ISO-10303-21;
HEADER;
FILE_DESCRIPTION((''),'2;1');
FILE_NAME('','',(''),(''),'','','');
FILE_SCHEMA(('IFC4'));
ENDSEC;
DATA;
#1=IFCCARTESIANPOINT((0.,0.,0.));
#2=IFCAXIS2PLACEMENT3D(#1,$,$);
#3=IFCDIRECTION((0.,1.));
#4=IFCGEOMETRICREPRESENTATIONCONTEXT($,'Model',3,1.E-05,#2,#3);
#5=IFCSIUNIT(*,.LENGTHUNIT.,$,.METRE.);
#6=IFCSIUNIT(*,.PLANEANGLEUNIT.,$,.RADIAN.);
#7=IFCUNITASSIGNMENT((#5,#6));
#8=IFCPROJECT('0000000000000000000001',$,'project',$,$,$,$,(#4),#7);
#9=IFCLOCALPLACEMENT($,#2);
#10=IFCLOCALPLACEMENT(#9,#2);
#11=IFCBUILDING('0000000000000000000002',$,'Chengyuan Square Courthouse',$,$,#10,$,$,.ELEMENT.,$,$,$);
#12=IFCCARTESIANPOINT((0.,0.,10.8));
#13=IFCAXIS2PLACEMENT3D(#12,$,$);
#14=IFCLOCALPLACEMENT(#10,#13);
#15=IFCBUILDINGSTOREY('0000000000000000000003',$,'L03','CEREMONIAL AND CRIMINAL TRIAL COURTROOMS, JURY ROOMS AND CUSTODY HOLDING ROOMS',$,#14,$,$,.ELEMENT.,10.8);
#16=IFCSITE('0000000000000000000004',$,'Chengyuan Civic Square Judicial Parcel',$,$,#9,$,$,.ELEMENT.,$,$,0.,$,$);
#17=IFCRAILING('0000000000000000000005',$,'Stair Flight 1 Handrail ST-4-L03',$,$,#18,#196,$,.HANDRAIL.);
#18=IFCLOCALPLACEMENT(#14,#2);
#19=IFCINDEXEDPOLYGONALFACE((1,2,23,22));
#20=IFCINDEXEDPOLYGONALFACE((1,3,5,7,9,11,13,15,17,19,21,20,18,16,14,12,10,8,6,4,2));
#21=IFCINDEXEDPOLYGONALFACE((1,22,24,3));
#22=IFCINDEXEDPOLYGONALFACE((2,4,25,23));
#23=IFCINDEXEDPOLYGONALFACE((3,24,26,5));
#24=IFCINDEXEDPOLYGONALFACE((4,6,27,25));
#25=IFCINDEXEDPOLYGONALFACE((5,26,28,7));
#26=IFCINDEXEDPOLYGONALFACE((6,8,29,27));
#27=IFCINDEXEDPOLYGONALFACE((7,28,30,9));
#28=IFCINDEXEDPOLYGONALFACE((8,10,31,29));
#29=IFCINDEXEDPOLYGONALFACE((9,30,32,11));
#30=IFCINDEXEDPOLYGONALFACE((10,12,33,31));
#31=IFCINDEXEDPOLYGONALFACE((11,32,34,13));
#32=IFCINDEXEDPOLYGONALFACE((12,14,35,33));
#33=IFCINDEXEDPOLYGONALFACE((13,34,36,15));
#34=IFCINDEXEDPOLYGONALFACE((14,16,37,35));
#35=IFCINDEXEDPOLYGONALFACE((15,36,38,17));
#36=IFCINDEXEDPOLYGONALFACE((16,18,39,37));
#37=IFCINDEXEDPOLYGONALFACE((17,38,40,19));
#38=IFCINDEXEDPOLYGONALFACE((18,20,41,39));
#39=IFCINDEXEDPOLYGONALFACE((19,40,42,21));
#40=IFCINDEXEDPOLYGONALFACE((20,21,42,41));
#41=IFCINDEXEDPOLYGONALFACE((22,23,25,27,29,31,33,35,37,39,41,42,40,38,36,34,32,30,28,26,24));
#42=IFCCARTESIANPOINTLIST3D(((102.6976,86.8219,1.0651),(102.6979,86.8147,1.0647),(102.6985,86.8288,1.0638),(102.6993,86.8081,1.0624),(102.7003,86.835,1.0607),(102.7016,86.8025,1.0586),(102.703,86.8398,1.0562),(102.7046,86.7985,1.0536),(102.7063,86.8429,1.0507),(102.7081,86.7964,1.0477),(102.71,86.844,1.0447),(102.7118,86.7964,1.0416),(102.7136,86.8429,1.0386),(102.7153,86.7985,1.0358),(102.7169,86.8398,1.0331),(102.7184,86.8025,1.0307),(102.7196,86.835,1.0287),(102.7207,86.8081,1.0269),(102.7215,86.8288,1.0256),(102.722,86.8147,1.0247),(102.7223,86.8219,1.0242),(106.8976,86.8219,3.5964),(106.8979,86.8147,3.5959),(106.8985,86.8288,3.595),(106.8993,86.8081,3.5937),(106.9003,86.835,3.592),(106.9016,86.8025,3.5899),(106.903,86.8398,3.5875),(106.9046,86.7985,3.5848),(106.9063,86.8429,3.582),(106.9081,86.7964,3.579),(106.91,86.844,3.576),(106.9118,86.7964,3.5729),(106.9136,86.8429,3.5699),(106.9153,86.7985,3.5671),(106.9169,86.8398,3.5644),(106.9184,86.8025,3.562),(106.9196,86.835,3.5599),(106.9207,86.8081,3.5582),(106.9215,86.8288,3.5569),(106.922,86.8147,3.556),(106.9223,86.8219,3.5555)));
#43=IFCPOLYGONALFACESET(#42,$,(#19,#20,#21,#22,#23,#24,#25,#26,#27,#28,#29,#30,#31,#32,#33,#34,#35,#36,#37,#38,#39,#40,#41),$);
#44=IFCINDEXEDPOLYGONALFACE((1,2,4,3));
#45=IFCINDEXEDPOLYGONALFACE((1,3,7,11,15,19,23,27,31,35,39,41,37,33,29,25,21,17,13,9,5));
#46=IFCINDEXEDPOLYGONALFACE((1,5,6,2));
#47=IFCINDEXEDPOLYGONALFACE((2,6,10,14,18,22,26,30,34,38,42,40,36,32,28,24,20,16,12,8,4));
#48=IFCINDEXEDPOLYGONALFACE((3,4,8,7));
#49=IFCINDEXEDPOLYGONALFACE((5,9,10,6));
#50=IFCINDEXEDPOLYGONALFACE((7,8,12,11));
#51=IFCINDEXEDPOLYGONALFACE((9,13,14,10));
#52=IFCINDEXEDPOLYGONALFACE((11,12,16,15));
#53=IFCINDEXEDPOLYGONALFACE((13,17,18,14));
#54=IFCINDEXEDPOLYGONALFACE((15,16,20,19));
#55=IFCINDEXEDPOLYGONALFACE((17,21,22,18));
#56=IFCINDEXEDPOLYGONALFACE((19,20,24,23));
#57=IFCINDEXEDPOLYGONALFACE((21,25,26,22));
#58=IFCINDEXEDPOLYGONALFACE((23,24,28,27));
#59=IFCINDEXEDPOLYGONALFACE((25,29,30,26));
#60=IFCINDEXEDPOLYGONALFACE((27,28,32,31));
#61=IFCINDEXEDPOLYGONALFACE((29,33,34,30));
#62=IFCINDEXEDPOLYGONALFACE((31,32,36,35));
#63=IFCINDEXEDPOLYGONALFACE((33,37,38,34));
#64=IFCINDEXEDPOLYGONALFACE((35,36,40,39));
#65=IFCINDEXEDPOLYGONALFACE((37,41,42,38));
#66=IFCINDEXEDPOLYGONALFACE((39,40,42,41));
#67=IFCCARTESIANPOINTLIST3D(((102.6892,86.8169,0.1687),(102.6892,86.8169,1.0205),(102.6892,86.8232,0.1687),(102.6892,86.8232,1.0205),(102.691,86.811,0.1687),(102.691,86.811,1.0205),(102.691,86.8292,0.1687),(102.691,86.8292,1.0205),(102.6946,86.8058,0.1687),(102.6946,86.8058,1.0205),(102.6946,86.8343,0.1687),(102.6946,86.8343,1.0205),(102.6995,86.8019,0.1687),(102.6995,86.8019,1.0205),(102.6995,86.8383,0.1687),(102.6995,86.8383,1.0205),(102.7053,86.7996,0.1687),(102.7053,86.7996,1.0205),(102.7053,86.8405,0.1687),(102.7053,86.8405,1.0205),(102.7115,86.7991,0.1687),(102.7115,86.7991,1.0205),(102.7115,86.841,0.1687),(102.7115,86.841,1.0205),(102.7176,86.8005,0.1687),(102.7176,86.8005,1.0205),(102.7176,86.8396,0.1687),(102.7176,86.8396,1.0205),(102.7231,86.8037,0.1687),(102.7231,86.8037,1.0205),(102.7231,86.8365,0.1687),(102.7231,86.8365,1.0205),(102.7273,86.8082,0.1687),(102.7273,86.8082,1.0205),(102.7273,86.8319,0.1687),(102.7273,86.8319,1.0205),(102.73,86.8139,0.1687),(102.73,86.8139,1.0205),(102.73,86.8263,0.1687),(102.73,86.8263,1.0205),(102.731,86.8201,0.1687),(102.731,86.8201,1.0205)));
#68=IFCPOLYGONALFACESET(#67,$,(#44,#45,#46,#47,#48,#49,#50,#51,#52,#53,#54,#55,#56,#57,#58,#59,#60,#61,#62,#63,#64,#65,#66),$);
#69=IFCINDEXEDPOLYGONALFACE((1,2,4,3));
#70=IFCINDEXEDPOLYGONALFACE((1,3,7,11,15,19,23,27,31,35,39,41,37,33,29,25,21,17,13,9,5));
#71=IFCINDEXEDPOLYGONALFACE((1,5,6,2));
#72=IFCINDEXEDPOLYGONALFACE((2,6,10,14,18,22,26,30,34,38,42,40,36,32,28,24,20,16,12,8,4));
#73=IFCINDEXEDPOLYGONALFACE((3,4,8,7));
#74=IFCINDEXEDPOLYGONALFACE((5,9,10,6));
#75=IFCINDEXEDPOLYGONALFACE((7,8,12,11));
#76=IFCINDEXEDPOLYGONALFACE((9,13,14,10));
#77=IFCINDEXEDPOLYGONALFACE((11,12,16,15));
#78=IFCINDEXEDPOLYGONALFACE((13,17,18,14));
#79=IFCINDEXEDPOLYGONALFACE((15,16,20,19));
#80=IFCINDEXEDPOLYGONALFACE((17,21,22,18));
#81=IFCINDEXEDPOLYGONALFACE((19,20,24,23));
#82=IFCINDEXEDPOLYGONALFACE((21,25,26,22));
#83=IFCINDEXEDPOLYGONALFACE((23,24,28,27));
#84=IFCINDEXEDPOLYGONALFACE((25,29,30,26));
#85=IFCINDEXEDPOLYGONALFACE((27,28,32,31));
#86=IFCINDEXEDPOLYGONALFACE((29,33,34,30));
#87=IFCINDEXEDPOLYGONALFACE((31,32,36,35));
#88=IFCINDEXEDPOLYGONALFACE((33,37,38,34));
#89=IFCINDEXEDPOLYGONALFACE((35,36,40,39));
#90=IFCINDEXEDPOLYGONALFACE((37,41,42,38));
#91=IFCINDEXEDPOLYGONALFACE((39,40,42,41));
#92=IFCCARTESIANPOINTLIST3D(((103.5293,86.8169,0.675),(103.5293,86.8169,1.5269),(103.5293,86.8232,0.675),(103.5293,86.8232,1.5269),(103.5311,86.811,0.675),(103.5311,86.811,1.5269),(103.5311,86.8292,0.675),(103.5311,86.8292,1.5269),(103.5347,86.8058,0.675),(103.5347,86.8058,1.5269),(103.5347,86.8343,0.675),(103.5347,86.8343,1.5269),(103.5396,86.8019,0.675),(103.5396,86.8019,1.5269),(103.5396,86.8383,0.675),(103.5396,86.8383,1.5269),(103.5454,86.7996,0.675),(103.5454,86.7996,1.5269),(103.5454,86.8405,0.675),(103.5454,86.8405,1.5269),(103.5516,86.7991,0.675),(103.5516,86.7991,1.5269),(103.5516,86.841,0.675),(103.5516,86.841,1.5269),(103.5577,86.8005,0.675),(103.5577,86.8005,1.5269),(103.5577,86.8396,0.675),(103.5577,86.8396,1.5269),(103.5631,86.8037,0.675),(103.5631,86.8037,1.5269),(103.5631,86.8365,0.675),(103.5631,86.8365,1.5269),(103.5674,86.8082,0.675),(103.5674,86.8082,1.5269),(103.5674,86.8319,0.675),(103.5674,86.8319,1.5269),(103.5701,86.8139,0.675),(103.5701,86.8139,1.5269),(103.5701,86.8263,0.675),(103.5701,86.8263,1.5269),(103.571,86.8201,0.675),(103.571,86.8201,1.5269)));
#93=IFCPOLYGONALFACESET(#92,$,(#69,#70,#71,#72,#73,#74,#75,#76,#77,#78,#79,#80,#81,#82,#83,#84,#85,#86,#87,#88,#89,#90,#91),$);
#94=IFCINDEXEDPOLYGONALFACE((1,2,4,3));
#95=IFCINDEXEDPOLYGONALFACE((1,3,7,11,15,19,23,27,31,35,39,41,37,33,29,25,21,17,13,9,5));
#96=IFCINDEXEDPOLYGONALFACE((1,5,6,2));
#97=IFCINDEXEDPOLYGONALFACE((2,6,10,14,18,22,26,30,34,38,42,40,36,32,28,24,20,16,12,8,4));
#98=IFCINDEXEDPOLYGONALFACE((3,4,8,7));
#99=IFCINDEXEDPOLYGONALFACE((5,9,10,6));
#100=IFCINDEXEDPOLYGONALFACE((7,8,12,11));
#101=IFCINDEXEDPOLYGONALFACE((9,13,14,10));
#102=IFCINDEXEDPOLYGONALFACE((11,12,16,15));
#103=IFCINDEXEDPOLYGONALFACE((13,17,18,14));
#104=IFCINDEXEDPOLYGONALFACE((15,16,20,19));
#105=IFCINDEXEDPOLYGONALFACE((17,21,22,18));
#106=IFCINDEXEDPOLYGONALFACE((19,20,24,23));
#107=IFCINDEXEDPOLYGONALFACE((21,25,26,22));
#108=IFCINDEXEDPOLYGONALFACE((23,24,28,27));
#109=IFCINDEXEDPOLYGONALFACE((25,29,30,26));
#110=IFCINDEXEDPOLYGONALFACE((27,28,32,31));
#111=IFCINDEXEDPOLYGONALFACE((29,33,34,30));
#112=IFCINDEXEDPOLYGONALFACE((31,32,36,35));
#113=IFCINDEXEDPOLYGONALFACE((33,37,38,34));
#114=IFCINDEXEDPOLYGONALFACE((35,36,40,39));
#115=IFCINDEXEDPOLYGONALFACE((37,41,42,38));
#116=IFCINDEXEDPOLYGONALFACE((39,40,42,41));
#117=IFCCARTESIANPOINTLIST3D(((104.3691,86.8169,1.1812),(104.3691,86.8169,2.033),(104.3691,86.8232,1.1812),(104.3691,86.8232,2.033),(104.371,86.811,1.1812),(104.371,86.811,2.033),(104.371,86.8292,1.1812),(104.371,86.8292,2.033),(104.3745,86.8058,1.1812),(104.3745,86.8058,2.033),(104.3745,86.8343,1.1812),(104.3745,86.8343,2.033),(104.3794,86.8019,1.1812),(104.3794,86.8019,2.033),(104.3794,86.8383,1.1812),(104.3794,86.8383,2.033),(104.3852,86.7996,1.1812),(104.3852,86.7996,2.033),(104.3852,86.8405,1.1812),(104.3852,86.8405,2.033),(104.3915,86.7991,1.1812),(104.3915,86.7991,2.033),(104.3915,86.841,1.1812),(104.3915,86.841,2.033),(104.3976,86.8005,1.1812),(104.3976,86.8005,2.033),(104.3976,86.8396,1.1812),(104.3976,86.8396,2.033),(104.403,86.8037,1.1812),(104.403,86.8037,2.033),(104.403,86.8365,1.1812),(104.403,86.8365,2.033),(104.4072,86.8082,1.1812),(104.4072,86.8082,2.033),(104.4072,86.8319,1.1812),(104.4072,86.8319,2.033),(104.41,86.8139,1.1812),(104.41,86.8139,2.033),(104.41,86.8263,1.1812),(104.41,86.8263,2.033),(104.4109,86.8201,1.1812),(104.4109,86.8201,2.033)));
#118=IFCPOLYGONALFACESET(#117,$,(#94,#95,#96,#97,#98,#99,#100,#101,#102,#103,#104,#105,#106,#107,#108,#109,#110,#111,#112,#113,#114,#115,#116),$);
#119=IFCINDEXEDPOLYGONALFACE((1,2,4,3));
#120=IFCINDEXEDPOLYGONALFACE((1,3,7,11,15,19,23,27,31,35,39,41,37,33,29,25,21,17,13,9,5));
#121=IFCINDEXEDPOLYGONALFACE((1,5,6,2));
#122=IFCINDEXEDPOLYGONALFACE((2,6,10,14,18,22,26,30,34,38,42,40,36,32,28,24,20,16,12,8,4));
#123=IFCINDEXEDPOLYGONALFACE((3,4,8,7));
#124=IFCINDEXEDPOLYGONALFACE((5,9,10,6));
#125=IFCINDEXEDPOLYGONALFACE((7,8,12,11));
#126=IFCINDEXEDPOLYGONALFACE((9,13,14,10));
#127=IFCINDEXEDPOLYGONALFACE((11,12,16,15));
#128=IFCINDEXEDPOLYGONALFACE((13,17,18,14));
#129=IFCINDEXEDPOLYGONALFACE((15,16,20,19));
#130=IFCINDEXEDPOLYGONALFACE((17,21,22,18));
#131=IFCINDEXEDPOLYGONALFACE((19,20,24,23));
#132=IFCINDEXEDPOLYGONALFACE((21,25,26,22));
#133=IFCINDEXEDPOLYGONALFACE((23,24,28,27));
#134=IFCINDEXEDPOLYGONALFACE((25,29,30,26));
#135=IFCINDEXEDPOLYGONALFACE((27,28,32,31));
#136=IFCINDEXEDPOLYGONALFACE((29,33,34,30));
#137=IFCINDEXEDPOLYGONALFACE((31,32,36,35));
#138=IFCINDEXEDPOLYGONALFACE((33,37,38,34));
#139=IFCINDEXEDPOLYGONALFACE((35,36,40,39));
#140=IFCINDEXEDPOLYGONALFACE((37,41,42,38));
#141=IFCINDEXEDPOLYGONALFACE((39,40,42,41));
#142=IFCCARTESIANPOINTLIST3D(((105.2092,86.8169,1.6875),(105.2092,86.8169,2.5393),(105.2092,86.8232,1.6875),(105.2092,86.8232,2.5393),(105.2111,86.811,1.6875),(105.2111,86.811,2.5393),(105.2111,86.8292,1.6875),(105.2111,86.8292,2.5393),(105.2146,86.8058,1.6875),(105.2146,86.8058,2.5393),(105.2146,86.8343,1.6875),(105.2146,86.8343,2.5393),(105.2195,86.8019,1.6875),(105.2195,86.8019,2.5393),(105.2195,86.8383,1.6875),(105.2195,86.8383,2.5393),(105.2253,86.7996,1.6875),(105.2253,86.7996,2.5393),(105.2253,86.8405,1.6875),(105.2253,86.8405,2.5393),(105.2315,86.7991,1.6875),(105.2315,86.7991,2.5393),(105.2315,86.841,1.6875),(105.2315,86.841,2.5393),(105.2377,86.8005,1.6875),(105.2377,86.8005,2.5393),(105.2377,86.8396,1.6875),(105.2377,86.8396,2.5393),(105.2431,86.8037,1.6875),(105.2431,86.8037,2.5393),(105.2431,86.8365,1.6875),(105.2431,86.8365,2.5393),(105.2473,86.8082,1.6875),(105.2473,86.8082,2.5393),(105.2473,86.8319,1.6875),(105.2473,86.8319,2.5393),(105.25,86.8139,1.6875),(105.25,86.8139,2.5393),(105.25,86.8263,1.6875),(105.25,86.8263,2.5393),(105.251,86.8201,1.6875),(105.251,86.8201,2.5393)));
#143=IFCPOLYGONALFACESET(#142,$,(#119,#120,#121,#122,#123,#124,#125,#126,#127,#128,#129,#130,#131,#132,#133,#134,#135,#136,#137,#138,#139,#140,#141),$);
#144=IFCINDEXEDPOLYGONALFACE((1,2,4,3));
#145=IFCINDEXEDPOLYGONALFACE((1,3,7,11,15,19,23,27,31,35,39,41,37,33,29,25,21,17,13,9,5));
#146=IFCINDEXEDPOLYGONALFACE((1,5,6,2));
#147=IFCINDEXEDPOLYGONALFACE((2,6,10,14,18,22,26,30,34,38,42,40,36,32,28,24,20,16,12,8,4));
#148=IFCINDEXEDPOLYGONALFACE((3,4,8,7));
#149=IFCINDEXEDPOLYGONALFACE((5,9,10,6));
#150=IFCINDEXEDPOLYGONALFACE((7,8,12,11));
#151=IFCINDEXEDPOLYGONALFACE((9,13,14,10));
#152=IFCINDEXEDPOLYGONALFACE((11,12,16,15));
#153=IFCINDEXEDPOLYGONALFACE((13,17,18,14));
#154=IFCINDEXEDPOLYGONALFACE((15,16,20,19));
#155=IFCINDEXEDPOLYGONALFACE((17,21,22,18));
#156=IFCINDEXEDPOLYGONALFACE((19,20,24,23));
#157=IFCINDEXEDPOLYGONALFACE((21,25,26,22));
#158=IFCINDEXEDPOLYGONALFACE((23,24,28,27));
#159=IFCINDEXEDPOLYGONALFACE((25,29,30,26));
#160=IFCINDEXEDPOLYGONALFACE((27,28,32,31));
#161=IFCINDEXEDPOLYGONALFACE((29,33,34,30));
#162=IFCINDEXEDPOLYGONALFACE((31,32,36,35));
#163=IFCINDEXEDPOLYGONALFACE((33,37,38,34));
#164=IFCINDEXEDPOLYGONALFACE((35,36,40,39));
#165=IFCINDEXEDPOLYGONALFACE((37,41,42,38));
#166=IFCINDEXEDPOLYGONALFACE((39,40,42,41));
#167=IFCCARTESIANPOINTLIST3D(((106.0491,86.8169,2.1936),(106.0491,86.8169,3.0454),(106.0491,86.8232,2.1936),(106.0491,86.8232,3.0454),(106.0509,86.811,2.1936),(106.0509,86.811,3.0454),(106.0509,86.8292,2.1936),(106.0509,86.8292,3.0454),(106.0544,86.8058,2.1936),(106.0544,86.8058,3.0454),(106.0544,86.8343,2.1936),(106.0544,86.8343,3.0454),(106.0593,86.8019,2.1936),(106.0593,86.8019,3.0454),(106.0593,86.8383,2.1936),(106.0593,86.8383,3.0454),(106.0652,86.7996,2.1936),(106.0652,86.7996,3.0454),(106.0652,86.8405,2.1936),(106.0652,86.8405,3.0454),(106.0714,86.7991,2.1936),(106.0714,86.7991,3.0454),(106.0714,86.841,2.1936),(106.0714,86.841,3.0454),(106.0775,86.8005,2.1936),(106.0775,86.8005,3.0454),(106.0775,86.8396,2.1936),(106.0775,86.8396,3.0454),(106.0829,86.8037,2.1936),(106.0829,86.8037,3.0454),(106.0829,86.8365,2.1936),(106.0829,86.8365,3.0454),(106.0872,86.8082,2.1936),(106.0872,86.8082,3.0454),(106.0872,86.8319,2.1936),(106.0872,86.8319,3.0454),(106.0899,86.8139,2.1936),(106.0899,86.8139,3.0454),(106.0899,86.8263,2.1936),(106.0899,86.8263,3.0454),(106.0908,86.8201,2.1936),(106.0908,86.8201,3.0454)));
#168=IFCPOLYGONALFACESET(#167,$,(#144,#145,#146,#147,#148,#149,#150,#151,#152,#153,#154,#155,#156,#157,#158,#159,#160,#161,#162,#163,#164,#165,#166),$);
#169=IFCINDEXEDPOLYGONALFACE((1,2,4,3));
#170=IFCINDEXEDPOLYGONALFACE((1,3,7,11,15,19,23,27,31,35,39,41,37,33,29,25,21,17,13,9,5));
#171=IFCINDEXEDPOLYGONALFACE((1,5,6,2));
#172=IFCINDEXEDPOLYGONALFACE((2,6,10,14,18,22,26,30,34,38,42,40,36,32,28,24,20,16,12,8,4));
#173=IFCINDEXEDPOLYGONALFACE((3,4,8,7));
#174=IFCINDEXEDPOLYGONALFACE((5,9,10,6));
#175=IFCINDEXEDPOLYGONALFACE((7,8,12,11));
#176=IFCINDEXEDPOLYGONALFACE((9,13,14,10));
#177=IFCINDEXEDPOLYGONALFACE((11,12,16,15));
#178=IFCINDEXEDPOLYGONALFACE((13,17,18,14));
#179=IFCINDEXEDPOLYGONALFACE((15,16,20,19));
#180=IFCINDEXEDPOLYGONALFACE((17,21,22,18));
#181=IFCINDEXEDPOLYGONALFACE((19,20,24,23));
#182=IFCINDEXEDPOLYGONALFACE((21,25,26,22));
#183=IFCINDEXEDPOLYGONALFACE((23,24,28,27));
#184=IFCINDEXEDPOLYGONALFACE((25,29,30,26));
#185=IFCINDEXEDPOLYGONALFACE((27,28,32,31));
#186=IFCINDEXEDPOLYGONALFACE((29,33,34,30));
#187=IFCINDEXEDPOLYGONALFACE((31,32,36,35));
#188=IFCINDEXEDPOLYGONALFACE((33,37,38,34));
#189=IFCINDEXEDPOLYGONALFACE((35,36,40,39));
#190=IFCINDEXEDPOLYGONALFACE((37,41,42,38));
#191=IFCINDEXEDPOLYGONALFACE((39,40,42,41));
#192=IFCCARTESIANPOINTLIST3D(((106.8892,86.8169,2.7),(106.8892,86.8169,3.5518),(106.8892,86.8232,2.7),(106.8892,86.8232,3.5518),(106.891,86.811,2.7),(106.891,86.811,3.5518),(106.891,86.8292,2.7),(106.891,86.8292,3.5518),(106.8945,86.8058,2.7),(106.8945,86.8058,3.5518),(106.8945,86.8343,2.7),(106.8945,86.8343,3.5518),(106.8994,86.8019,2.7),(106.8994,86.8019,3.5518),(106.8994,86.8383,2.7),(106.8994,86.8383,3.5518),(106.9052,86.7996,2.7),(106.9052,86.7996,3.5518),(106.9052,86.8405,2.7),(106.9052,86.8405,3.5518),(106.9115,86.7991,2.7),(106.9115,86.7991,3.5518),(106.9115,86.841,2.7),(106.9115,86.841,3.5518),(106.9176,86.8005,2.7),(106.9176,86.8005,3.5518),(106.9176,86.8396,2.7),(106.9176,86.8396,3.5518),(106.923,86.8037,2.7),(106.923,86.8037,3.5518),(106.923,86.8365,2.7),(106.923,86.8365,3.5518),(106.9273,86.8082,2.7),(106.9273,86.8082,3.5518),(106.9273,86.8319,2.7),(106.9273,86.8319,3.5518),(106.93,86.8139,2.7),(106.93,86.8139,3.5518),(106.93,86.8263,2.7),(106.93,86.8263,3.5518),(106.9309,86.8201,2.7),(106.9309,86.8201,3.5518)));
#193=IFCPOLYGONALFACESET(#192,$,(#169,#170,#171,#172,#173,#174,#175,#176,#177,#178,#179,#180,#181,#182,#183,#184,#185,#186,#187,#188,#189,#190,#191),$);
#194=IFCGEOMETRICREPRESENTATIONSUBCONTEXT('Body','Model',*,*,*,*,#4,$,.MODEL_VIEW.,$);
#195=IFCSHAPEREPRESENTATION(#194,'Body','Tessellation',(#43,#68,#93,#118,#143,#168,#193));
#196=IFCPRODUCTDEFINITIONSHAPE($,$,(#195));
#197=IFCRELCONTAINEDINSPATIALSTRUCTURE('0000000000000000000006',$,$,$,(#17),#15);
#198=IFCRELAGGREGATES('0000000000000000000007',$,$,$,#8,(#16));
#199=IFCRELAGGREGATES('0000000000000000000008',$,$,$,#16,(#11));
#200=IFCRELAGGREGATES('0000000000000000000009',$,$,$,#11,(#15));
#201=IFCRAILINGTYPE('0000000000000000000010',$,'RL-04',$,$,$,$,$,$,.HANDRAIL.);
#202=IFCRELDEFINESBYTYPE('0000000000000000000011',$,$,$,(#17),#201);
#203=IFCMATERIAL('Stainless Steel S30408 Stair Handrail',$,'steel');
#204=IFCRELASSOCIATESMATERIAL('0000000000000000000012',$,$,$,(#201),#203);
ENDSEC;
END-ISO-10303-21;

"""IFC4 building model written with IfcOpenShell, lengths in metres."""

from ifc_helpers import new_model, si_unit, direction, frame, origin, origin_2d, place, context, subcontext, project, spatial, circle, extrude, material, type_object, element, save


model = new_model("IFC4")

# Units and contexts
model_context = context("Model", 3, precision=1e-05, world=origin(), true_north=direction((0.0, 1.0)))
body_context = subcontext(model_context, "Body", "Model", "MODEL_VIEW")
ifc_project = project(units=[si_unit("LENGTHUNIT", "METRE"), si_unit("PLANEANGLEUNIT", "RADIAN")], contexts=[model_context])

# Site, building, storey
site_placement = place(None, origin())
site = spatial("IfcSite", under=ifc_project, at=site_placement, Name="Chengyuan Civic Square Judicial Parcel", CompositionType="ELEMENT", RefElevation=0.0)
building_placement = place(site_placement, origin())
building = spatial("IfcBuilding", under=site, at=building_placement, Name="Chengyuan Square Courthouse", CompositionType="ELEMENT")
storey_placement = place(building_placement, frame((0.0, 0.0, 10.8)))
storey = spatial("IfcBuildingStorey", under=building, at=storey_placement, Name="L03", Description="CEREMONIAL AND CRIMINAL TRIAL COURTROOMS, JURY ROOMS AND CUSTODY HOLDING ROOMS", CompositionType="ELEMENT", Elevation=10.8)

# Railing
ifc_material_1 = material(Name="Stainless Steel S30408 Stair Handrail", Category="steel")
railing_type_1 = type_object("IfcRailingType", Name="RL-04", PredefinedType="HANDRAIL", material=ifc_material_1)
railing_1_placement = place(storey_placement, frame((102.71, 86.8201, 0.1687)))
element("IfcRailing", 1, at=railing_1_placement, inside=storey, type_object=railing_type_1, Name="Stair Flight 1 Handrail ST-4-L03", PredefinedType="HANDRAIL", context=body_context, shape_type="SweptSolid", body=[
    extrude(circle(Radius=0.0239, at=origin_2d()), frame((0.0, 0.0, 0.876), z_axis=(0.856476, 0.0, 0.516186), x_axis=(0.0, 1.0, 0.0)), (0.0, 0.0, 1.0), 4.9038),
    extrude(circle(Radius=0.021, at=origin_2d()), origin(), (0.0, 0.0, 1.0), 0.8518),
    extrude(circle(Radius=0.021, at=origin_2d()), frame((0.8401, 0.0, 0.5063)), (0.0, 0.0, 1.0), 0.8518),
    extrude(circle(Radius=0.021, at=origin_2d()), frame((1.6799, 0.0, 1.0125)), (0.0, 0.0, 1.0), 0.8518),
    extrude(circle(Radius=0.021, at=origin_2d()), frame((2.52, 0.0, 1.5188)), (0.0, 0.0, 1.0), 0.8518),
    extrude(circle(Radius=0.021, at=origin_2d()), frame((3.3599, 0.0, 2.0249)), (0.0, 0.0, 1.0), 0.8518),
    extrude(circle(Radius=0.021, at=origin_2d()), frame((4.2, 0.0, 2.5312)), (0.0, 0.0, 1.0), 0.8518),
])

save(model, "model.ifc")
